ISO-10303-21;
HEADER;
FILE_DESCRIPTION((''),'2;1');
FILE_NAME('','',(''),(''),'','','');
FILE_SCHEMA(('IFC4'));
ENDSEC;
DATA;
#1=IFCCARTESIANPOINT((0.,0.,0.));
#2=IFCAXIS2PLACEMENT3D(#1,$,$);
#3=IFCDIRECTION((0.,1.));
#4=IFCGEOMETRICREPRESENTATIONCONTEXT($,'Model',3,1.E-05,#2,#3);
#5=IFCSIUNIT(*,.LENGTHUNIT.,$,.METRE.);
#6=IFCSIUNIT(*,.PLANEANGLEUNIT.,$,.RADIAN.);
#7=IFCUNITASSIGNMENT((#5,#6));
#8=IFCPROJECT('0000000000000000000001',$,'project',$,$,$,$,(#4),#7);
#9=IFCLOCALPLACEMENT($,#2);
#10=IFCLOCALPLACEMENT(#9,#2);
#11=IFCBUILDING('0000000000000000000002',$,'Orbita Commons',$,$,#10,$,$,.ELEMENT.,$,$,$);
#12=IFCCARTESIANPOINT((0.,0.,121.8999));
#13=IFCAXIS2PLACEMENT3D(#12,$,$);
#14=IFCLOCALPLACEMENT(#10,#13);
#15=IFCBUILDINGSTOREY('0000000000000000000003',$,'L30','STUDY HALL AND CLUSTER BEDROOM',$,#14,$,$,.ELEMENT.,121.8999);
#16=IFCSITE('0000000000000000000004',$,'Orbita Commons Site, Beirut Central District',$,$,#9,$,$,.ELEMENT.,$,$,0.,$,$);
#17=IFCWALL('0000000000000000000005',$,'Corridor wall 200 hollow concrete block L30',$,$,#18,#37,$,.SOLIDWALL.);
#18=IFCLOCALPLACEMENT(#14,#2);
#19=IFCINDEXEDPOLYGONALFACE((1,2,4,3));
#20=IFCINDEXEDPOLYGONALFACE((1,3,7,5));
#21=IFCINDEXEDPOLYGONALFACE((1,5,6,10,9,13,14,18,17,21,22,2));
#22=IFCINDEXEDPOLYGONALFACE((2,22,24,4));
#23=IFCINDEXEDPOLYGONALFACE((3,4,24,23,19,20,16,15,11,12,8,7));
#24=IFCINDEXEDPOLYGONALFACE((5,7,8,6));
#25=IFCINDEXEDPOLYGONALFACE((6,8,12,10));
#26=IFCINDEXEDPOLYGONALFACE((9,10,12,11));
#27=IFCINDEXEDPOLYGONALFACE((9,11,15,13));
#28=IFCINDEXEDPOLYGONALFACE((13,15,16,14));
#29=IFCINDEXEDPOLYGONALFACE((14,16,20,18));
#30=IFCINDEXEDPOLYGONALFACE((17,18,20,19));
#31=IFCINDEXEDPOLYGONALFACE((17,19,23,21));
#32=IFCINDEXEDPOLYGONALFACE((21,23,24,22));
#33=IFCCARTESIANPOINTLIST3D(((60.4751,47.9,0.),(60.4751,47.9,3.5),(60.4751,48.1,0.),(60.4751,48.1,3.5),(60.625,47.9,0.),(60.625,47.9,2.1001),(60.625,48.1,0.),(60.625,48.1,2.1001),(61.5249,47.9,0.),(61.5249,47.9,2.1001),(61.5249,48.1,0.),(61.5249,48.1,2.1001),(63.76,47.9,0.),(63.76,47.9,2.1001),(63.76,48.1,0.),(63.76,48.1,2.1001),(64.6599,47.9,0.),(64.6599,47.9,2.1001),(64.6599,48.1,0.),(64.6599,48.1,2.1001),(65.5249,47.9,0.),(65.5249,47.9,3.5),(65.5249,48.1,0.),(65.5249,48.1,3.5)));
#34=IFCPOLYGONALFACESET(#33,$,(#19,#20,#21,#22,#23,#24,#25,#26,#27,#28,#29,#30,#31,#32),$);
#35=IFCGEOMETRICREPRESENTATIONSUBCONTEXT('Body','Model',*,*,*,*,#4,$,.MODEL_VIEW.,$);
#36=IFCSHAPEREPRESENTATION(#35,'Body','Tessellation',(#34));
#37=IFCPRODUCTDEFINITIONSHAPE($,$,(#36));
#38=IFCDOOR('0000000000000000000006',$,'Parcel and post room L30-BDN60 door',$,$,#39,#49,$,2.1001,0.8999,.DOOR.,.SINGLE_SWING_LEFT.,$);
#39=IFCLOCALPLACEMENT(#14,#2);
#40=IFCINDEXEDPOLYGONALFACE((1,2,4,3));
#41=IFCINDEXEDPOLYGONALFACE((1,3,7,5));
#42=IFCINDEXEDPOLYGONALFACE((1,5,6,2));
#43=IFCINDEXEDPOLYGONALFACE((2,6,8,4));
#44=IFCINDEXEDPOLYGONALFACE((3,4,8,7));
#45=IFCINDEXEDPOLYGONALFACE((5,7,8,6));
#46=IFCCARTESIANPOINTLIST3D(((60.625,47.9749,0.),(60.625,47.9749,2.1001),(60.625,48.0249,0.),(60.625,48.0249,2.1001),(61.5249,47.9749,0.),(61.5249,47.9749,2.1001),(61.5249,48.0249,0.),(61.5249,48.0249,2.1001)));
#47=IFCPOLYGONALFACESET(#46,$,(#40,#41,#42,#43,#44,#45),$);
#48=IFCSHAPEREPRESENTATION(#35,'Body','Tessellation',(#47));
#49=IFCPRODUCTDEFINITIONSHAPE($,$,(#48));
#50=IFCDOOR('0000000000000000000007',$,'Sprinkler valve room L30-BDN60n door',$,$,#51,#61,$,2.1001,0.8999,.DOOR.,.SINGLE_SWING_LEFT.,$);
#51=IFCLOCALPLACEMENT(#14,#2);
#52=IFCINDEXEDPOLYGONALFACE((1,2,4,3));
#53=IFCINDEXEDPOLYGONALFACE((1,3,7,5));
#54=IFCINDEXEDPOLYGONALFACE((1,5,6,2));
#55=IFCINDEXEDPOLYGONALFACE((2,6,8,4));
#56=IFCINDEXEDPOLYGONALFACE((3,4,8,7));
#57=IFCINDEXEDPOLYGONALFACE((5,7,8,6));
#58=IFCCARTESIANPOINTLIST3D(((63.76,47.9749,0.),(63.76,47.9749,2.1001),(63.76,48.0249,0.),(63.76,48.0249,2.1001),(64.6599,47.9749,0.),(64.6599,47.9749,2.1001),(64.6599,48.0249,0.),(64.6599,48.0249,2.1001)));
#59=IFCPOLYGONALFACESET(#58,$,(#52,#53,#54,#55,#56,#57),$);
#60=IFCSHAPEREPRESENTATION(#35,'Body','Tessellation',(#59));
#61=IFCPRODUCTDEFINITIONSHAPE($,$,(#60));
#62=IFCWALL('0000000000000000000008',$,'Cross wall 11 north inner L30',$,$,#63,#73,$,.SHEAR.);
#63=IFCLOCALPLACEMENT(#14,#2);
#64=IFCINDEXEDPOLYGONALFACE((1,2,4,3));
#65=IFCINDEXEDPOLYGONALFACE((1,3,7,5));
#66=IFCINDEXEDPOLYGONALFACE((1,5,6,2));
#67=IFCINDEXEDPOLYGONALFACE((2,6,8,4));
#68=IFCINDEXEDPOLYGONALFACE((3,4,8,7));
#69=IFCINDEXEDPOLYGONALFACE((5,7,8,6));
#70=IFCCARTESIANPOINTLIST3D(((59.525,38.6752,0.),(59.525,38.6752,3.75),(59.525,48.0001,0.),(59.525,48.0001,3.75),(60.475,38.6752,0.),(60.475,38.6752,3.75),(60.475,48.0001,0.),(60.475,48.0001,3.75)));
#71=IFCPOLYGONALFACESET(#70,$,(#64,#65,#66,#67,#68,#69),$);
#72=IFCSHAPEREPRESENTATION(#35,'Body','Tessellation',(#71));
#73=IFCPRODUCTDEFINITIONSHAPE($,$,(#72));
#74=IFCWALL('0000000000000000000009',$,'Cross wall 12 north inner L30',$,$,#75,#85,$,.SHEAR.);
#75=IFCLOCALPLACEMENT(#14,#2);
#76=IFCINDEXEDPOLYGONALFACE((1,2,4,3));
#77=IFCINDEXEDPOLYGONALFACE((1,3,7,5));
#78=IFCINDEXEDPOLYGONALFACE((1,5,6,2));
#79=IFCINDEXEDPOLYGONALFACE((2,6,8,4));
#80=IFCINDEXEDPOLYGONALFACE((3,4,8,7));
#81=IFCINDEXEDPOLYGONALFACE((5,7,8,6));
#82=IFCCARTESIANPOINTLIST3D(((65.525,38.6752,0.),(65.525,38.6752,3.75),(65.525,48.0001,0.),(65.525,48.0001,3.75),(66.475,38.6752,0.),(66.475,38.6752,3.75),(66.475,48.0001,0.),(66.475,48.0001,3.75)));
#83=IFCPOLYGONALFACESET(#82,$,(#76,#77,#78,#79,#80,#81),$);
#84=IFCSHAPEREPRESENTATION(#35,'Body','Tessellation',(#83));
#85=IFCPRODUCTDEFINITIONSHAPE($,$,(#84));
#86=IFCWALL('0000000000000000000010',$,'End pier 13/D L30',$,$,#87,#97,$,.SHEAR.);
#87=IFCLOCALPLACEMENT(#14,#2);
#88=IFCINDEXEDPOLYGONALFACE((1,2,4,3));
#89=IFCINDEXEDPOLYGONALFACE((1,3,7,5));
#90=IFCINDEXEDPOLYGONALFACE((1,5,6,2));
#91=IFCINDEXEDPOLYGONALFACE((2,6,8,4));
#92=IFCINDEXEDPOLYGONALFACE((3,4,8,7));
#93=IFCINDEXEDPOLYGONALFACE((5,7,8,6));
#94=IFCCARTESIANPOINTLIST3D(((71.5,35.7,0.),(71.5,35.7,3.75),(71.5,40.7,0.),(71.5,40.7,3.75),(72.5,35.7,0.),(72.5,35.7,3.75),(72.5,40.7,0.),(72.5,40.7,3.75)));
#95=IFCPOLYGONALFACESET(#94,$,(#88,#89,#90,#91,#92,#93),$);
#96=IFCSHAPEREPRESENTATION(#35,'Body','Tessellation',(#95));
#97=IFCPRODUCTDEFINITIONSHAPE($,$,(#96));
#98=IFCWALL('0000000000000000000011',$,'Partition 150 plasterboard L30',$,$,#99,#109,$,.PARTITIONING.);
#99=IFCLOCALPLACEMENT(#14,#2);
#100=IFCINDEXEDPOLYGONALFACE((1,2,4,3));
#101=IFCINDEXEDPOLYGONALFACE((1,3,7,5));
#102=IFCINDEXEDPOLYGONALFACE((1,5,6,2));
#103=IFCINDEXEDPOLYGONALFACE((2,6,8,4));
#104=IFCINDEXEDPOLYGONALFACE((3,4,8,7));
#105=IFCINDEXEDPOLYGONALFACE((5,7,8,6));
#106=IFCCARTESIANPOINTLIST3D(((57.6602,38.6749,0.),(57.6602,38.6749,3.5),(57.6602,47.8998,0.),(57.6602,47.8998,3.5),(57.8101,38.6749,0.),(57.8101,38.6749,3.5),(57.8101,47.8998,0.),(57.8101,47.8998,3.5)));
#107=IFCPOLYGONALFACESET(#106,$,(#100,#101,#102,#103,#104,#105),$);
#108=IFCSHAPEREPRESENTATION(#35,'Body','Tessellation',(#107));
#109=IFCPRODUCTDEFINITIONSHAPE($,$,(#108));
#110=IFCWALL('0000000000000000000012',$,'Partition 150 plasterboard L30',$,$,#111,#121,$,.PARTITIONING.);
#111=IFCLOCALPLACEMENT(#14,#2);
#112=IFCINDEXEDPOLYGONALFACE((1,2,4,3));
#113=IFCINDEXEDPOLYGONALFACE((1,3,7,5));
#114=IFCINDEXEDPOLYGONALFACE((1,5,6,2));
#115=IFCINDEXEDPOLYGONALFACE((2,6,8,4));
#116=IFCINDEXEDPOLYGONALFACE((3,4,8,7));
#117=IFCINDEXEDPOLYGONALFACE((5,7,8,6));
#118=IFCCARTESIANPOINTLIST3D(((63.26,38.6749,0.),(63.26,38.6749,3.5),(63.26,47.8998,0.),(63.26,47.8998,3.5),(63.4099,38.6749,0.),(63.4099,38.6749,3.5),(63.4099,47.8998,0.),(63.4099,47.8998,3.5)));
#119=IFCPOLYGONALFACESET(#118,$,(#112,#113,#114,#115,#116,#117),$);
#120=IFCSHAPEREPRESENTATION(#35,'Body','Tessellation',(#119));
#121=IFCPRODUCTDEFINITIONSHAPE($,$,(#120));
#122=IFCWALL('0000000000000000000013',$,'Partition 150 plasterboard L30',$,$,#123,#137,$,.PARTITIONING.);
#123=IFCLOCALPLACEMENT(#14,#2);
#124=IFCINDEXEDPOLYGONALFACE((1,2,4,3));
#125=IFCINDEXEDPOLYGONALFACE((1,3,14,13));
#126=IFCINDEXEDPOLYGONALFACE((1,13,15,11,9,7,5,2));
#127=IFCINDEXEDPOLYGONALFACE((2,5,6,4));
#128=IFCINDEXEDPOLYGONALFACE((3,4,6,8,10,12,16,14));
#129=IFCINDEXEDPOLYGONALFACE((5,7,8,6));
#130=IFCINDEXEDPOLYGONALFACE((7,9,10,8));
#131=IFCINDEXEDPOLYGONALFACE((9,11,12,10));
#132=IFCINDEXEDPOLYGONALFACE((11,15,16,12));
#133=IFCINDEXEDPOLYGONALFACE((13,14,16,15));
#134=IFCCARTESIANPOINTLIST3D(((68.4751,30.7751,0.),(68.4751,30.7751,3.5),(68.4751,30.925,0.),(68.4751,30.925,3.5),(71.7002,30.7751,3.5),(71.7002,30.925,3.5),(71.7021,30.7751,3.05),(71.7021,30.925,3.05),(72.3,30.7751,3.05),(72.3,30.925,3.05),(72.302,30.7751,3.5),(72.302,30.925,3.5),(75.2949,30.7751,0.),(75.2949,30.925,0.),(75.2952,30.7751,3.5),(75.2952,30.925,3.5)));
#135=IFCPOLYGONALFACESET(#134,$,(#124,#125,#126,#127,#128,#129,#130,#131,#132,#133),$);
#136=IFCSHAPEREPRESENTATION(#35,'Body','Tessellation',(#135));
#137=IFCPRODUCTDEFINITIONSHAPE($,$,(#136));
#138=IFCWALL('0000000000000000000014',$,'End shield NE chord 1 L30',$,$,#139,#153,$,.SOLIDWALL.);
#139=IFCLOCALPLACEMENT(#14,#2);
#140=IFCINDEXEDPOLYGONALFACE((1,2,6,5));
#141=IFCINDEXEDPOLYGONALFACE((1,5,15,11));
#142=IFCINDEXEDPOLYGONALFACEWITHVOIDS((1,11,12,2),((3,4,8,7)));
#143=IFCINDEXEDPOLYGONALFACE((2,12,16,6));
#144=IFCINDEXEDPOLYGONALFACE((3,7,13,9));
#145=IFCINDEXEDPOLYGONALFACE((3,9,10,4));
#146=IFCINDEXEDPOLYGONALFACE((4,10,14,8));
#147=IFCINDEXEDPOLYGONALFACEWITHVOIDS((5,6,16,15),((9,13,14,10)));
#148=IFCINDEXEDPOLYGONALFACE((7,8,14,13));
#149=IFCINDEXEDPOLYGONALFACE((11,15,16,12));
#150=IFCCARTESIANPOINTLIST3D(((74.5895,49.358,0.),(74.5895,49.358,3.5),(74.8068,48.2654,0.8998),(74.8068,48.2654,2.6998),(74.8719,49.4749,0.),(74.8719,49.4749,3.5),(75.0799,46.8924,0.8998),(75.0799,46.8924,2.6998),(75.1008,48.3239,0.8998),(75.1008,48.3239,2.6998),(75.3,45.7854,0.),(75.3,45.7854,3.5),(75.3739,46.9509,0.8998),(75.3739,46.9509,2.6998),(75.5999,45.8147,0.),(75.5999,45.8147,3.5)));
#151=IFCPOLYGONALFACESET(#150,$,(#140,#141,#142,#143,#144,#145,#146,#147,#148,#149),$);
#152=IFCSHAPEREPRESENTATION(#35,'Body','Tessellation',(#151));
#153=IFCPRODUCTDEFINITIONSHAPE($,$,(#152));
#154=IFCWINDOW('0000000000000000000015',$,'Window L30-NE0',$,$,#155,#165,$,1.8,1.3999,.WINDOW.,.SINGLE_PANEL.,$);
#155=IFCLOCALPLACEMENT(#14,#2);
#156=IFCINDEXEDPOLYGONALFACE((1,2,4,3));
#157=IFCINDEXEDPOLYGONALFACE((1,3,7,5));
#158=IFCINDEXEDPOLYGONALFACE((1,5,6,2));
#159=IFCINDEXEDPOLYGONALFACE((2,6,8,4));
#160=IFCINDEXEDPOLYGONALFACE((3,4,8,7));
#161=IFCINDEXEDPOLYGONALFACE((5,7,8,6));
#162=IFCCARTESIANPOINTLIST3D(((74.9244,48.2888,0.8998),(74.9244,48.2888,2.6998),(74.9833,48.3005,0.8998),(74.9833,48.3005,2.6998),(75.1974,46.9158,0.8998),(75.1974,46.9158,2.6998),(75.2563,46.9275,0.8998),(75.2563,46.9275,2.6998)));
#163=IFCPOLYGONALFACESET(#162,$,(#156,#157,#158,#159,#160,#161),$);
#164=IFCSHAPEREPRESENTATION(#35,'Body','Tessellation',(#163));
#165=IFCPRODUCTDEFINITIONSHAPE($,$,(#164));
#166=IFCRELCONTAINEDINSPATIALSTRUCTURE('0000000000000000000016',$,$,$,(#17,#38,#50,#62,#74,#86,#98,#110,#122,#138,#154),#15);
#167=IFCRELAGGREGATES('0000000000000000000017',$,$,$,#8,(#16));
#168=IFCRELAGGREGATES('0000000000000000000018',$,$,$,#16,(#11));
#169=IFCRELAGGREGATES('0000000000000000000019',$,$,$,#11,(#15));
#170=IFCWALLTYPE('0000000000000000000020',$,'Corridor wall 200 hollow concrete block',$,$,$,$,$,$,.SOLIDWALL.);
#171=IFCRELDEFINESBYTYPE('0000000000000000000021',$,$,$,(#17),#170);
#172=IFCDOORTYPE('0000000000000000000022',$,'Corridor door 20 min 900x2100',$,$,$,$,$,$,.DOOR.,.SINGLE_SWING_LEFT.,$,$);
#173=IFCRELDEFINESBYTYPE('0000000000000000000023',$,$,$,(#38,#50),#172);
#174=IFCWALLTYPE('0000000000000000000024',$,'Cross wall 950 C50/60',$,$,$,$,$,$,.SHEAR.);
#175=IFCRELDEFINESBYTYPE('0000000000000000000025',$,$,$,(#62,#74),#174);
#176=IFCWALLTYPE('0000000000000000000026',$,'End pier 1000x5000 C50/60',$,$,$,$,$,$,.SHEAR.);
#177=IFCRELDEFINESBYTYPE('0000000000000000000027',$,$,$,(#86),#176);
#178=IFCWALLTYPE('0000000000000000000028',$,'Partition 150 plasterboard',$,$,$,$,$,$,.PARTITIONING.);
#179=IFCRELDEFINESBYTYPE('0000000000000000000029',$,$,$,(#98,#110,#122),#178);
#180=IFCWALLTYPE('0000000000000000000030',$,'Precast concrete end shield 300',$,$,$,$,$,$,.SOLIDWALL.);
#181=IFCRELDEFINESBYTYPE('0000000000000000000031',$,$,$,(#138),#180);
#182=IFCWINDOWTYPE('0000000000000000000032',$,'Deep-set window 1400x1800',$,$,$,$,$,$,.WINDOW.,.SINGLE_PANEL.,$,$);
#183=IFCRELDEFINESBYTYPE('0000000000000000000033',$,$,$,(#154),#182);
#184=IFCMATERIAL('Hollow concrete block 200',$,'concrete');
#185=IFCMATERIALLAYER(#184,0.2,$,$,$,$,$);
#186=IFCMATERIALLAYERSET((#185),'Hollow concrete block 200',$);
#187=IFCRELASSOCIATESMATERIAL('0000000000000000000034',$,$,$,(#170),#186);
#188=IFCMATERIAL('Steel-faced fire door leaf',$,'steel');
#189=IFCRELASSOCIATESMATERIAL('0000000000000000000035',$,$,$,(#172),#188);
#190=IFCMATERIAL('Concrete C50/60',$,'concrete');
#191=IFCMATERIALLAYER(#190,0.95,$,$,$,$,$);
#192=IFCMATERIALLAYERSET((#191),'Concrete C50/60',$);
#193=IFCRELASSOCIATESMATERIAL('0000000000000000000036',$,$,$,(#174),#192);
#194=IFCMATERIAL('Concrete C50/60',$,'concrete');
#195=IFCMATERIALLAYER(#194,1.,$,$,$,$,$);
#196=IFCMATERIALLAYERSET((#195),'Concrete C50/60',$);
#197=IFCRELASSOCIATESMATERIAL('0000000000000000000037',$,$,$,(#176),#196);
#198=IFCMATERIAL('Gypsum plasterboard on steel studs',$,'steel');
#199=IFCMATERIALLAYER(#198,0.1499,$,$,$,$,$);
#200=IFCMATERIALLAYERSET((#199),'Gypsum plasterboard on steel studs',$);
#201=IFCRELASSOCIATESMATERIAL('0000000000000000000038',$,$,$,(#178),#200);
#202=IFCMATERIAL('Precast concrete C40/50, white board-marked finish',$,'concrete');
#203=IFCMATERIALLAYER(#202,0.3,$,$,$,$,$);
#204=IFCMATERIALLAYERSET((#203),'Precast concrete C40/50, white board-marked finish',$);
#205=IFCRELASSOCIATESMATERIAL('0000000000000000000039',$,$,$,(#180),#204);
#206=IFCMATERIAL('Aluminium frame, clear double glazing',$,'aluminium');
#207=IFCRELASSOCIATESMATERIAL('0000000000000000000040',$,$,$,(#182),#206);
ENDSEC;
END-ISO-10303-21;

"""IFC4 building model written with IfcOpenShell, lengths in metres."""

from ifc_helpers import new_model, si_unit, direction, frame, frame_2d, origin, place, context, subcontext, project, spatial, polyline, rectangle, outline, extrude, material, layer, layer_set, type_object, element, fill, save


model = new_model("IFC4")

# Units and contexts
model_context = context("Model", 3, precision=1e-05, world=origin(), true_north=direction((0.0, 1.0)))
body_context = subcontext(model_context, "Body", "Model", "MODEL_VIEW")
ifc_project = project(units=[si_unit("LENGTHUNIT", "METRE"), si_unit("PLANEANGLEUNIT", "RADIAN")], contexts=[model_context])

# Site, building, storey
site_placement = place(None, origin())
site = spatial("IfcSite", under=ifc_project, at=site_placement, Name="Orbita Commons Site, Beirut Central District", CompositionType="ELEMENT", RefElevation=0.0)
building_placement = place(site_placement, origin())
building = spatial("IfcBuilding", under=site, at=building_placement, Name="Orbita Commons", CompositionType="ELEMENT")
storey_placement = place(building_placement, frame((0.0, 0.0, 121.8999)))
storey = spatial("IfcBuildingStorey", under=building, at=storey_placement, Name="L30", Description="STUDY HALL AND CLUSTER BEDROOM", CompositionType="ELEMENT", Elevation=121.8999)

# Wall, openings, doors
ifc_material_1 = material(Name="Hollow concrete block 200", Category="concrete")
ifc_layer_1 = layer(ifc_material_1, 0.2)
ifc_layer_set_1 = layer_set([ifc_layer_1], Name="Hollow concrete block 200")
wall_type_1 = type_object("IfcWallType", Name="Corridor wall 200 hollow concrete block", PredefinedType="SOLIDWALL", material=ifc_layer_set_1)
ifc_material_2 = material(Name="Steel-faced fire door leaf", Category="steel")
door_type_1 = type_object("IfcDoorType", Name="Corridor door 20 min 900x2100", OperationType="SINGLE_SWING_LEFT", PredefinedType="DOOR", material=ifc_material_2)
wall_1_placement = place(storey_placement, frame((60.4751, 48.0, 0.0), z_axis=(0.0, 0.0, 1.0), x_axis=(1.0, 0.0, 0.0)))
wall_1 = element("IfcWall", 1, at=wall_1_placement, inside=storey, type_object=wall_type_1, Name="Corridor wall 200 hollow concrete block L30", PredefinedType="SOLIDWALL", context=body_context, shape_type="SweptSolid", body=[
    extrude(rectangle(XDim=5.0498, YDim=0.2, at=frame_2d((2.5249, 0.0))), origin(), (0.0, 0.0, 1.0), 3.5),
])
opening_1_placement = place(wall_1_placement, frame((0.1499, 0.0, 0.0)))
opening_1 = element("IfcOpeningElement", 2, at=opening_1_placement, cuts=wall_1, PredefinedType="OPENING", context=body_context, shape_type="SweptSolid", body=[
    extrude(rectangle(XDim=0.8999, YDim=2.1001, at=frame_2d((0.45, 1.05))), frame((0.0, 0.1099, 0.0), z_axis=(0.0, -1.0, 0.0), x_axis=(1.0, 0.0, 0.0)), (0.0, 0.0, 1.0), 0.22),
])
opening_2_placement = place(wall_1_placement, frame((3.2849, 0.0, 0.0)))
opening_2 = element("IfcOpeningElement", 3, at=opening_2_placement, cuts=wall_1, PredefinedType="OPENING", context=body_context, shape_type="SweptSolid", body=[
    extrude(rectangle(XDim=0.8999, YDim=2.1001, at=frame_2d((0.45, 1.05))), frame((0.0, 0.1099, 0.0), z_axis=(0.0, -1.0, 0.0), x_axis=(1.0, 0.0, 0.0)), (0.0, 0.0, 1.0), 0.22),
])
door_1_placement = place(opening_1_placement, origin())
door_1 = element("IfcDoor", 4, at=door_1_placement, inside=storey, type_object=door_type_1, Name="Parcel and post room L30-BDN60 door", OperationType="SINGLE_SWING_LEFT", OverallHeight=2.1001, OverallWidth=0.8999, PredefinedType="DOOR", context=body_context, shape_type="SweptSolid", body=[
    extrude(rectangle(XDim=0.8999, YDim=2.1001, at=frame_2d((0.45, 1.05))), frame((0.0, 0.0249, 0.0), z_axis=(0.0, -1.0, 0.0), x_axis=(1.0, 0.0, 0.0)), (0.0, 0.0, 1.0), 0.05),
])
fill(opening_1, door_1)
door_2_placement = place(opening_2_placement, origin())
door_2 = element("IfcDoor", 5, at=door_2_placement, inside=storey, type_object=door_type_1, Name="Sprinkler valve room L30-BDN60n door", OperationType="SINGLE_SWING_LEFT", OverallHeight=2.1001, OverallWidth=0.8999, PredefinedType="DOOR", context=body_context, shape_type="SweptSolid", body=[
    extrude(rectangle(XDim=0.8999, YDim=2.1001, at=frame_2d((0.45, 1.05))), frame((0.0, 0.0249, 0.0), z_axis=(0.0, -1.0, 0.0), x_axis=(1.0, 0.0, 0.0)), (0.0, 0.0, 1.0), 0.05),
])
fill(opening_2, door_2)

# Walls
ifc_material_3 = material(Name="Concrete C50/60", Category="concrete")
ifc_layer_2 = layer(ifc_material_3, 0.95)
ifc_layer_set_2 = layer_set([ifc_layer_2], Name="Concrete C50/60")
wall_type_2 = type_object("IfcWallType", Name="Cross wall 950 C50/60", PredefinedType="SHEAR", material=ifc_layer_set_2)
for number, where, z_axis, x_axis, name in (
    (6, (60.0, 38.675, 0.0), (0.0, 0.0, 1.0), (0.0, 1.0, 0.0), "Cross wall 11 north inner L30"),
    (7, (66.0, 38.675, 0.0), (0.0, 0.0, 1.0), (0.0, 1.0, 0.0), "Cross wall 12 north inner L30"),
):
    element("IfcWall", number, at=place(storey_placement, frame(where, z_axis=z_axis, x_axis=x_axis)), inside=storey, type_object=wall_type_2, Name=name, PredefinedType="SHEAR", context=body_context, shape_type="SweptSolid", body=[
        extrude(rectangle(XDim=9.325, YDim=0.95, at=frame_2d((4.6626, 0.0))), origin(), (0.0, 0.0, 1.0), 3.75),
    ])
ifc_material_4 = material(Name="Concrete C50/60", Category="concrete")
ifc_layer_3 = layer(ifc_material_4, 1.0)
ifc_layer_set_3 = layer_set([ifc_layer_3], Name="Concrete C50/60")
wall_type_3 = type_object("IfcWallType", Name="End pier 1000x5000 C50/60", PredefinedType="SHEAR", material=ifc_layer_set_3)
wall_2_placement = place(storey_placement, frame((72.0, 35.7, 0.0), z_axis=(0.0, 0.0, 1.0), x_axis=(0.0, 1.0, 0.0)))
element("IfcWall", 8, at=wall_2_placement, inside=storey, type_object=wall_type_3, Name="End pier 13/D L30", PredefinedType="SHEAR", context=body_context, shape_type="SweptSolid", body=[
    extrude(rectangle(XDim=5.0, YDim=1.0, at=frame_2d((2.5, 0.0))), origin(), (0.0, 0.0, 1.0), 3.75),
])
ifc_material_5 = material(Name="Gypsum plasterboard on steel studs", Category="steel")
ifc_layer_4 = layer(ifc_material_5, 0.1499)
ifc_layer_set_4 = layer_set([ifc_layer_4], Name="Gypsum plasterboard on steel studs")
wall_type_4 = type_object("IfcWallType", Name="Partition 150 plasterboard", PredefinedType="PARTITIONING", material=ifc_layer_set_4)
for number, where, z_axis, x_axis, name in (
    (9, (57.7351, 38.675, 0.0), (0.0, 0.0, 1.0), (0.0, 1.0, 0.0), "Partition 150 plasterboard L30"),
    (10, (63.335, 38.675, 0.0), (0.0, 0.0, 1.0), (0.0, 1.0, 0.0), "Partition 150 plasterboard L30"),
):
    element("IfcWall", number, at=place(storey_placement, frame(where, z_axis=z_axis, x_axis=x_axis)), inside=storey, type_object=wall_type_4, Name=name, PredefinedType="PARTITIONING", context=body_context, shape_type="SweptSolid", body=[
        extrude(rectangle(XDim=9.2249, YDim=0.1499, at=frame_2d((4.6123, 0.0))), origin(), (0.0, 0.0, 1.0), 3.5),
    ])
wall_3_placement = place(storey_placement, frame((68.4751, 30.8501, 0.0), z_axis=(0.0, 0.0, 1.0), x_axis=(1.0, 0.0, 0.0)))
element("IfcWall", 11, at=wall_3_placement, inside=storey, type_object=wall_type_4, Name="Partition 150 plasterboard L30", PredefinedType="PARTITIONING", context=body_context, shape_type="SweptSolid", body=[
    extrude(outline(polyline([(0.0, 0.0), (6.8198, 0.0), (6.8201, 3.5), (3.8269, 3.5), (3.825, 3.05), (3.2271, 3.05), (3.2251, 3.5), (0.0, 3.5), (0.0, 0.0)])), frame((0.0, 0.075, 0.0), z_axis=(0.0, -1.0, 0.0), x_axis=(1.0, 0.0, 0.0)), (0.0, 0.0, 1.0), 0.1499),
])

# Wall, opening, window
ifc_material_6 = material(Name="Precast concrete C40/50, white board-marked finish", Category="concrete")
ifc_layer_5 = layer(ifc_material_6, 0.3)
ifc_layer_set_5 = layer_set([ifc_layer_5], Name="Precast concrete C40/50, white board-marked finish")
wall_type_5 = type_object("IfcWallType", Name="Precast concrete end shield 300", PredefinedType="SOLIDWALL", material=ifc_layer_set_5)
wall_4_placement = place(storey_placement, frame((75.45, 45.8, 0.0), z_axis=(0.0, 0.0, 1.0), x_axis=(-0.195059, 0.980791, 0.0)))
wall_4 = element("IfcWall", 12, at=wall_4_placement, inside=storey, type_object=wall_type_5, Name="End shield NE chord 1 L30", PredefinedType="SOLIDWALL", context=body_context, shape_type="SweptSolid", body=[
    extrude(outline(polyline([(-0.0149, -0.1499), (3.717, -0.1499), (3.6575, 0.1499), (0.0149, 0.1499), (-0.0149, -0.1499)])), origin(), (0.0, 0.0, 1.0), 3.5),
])
opening_3_placement = place(wall_4_placement, frame((1.1436, 0.0, 0.8999)))
opening_3 = element("IfcOpeningElement", 13, at=opening_3_placement, cuts=wall_4, PredefinedType="OPENING", context=body_context, shape_type="SweptSolid", body=[
    extrude(rectangle(XDim=1.3999, YDim=1.8, at=frame_2d((0.7, 0.8999))), frame((0.0, 0.1599, 0.0), z_axis=(0.0, -1.0, 0.0), x_axis=(1.0, 0.0, 0.0)), (0.0, 0.0, 1.0), 0.3201),
])
ifc_material_7 = material(Name="Aluminium frame, clear double glazing", Category="aluminium")
window_type = type_object("IfcWindowType", Name="Deep-set window 1400x1800", PartitioningType="SINGLE_PANEL", PredefinedType="WINDOW", material=ifc_material_7)
window_placement = place(opening_3_placement, origin())
window = element("IfcWindow", 14, at=window_placement, inside=storey, type_object=window_type, Name="Window L30-NE0", OverallHeight=1.8, OverallWidth=1.3999, PartitioningType="SINGLE_PANEL", PredefinedType="WINDOW", context=body_context, shape_type="SweptSolid", body=[
    extrude(rectangle(XDim=1.3999, YDim=1.8, at=frame_2d((0.7, 0.8999))), frame((0.0, 0.03, 0.0), z_axis=(0.0, -1.0, 0.0), x_axis=(1.0, 0.0, 0.0)), (0.0, 0.0, 1.0), 0.0601),
])
fill(opening_3, window)

save(model, "model.ifc")
